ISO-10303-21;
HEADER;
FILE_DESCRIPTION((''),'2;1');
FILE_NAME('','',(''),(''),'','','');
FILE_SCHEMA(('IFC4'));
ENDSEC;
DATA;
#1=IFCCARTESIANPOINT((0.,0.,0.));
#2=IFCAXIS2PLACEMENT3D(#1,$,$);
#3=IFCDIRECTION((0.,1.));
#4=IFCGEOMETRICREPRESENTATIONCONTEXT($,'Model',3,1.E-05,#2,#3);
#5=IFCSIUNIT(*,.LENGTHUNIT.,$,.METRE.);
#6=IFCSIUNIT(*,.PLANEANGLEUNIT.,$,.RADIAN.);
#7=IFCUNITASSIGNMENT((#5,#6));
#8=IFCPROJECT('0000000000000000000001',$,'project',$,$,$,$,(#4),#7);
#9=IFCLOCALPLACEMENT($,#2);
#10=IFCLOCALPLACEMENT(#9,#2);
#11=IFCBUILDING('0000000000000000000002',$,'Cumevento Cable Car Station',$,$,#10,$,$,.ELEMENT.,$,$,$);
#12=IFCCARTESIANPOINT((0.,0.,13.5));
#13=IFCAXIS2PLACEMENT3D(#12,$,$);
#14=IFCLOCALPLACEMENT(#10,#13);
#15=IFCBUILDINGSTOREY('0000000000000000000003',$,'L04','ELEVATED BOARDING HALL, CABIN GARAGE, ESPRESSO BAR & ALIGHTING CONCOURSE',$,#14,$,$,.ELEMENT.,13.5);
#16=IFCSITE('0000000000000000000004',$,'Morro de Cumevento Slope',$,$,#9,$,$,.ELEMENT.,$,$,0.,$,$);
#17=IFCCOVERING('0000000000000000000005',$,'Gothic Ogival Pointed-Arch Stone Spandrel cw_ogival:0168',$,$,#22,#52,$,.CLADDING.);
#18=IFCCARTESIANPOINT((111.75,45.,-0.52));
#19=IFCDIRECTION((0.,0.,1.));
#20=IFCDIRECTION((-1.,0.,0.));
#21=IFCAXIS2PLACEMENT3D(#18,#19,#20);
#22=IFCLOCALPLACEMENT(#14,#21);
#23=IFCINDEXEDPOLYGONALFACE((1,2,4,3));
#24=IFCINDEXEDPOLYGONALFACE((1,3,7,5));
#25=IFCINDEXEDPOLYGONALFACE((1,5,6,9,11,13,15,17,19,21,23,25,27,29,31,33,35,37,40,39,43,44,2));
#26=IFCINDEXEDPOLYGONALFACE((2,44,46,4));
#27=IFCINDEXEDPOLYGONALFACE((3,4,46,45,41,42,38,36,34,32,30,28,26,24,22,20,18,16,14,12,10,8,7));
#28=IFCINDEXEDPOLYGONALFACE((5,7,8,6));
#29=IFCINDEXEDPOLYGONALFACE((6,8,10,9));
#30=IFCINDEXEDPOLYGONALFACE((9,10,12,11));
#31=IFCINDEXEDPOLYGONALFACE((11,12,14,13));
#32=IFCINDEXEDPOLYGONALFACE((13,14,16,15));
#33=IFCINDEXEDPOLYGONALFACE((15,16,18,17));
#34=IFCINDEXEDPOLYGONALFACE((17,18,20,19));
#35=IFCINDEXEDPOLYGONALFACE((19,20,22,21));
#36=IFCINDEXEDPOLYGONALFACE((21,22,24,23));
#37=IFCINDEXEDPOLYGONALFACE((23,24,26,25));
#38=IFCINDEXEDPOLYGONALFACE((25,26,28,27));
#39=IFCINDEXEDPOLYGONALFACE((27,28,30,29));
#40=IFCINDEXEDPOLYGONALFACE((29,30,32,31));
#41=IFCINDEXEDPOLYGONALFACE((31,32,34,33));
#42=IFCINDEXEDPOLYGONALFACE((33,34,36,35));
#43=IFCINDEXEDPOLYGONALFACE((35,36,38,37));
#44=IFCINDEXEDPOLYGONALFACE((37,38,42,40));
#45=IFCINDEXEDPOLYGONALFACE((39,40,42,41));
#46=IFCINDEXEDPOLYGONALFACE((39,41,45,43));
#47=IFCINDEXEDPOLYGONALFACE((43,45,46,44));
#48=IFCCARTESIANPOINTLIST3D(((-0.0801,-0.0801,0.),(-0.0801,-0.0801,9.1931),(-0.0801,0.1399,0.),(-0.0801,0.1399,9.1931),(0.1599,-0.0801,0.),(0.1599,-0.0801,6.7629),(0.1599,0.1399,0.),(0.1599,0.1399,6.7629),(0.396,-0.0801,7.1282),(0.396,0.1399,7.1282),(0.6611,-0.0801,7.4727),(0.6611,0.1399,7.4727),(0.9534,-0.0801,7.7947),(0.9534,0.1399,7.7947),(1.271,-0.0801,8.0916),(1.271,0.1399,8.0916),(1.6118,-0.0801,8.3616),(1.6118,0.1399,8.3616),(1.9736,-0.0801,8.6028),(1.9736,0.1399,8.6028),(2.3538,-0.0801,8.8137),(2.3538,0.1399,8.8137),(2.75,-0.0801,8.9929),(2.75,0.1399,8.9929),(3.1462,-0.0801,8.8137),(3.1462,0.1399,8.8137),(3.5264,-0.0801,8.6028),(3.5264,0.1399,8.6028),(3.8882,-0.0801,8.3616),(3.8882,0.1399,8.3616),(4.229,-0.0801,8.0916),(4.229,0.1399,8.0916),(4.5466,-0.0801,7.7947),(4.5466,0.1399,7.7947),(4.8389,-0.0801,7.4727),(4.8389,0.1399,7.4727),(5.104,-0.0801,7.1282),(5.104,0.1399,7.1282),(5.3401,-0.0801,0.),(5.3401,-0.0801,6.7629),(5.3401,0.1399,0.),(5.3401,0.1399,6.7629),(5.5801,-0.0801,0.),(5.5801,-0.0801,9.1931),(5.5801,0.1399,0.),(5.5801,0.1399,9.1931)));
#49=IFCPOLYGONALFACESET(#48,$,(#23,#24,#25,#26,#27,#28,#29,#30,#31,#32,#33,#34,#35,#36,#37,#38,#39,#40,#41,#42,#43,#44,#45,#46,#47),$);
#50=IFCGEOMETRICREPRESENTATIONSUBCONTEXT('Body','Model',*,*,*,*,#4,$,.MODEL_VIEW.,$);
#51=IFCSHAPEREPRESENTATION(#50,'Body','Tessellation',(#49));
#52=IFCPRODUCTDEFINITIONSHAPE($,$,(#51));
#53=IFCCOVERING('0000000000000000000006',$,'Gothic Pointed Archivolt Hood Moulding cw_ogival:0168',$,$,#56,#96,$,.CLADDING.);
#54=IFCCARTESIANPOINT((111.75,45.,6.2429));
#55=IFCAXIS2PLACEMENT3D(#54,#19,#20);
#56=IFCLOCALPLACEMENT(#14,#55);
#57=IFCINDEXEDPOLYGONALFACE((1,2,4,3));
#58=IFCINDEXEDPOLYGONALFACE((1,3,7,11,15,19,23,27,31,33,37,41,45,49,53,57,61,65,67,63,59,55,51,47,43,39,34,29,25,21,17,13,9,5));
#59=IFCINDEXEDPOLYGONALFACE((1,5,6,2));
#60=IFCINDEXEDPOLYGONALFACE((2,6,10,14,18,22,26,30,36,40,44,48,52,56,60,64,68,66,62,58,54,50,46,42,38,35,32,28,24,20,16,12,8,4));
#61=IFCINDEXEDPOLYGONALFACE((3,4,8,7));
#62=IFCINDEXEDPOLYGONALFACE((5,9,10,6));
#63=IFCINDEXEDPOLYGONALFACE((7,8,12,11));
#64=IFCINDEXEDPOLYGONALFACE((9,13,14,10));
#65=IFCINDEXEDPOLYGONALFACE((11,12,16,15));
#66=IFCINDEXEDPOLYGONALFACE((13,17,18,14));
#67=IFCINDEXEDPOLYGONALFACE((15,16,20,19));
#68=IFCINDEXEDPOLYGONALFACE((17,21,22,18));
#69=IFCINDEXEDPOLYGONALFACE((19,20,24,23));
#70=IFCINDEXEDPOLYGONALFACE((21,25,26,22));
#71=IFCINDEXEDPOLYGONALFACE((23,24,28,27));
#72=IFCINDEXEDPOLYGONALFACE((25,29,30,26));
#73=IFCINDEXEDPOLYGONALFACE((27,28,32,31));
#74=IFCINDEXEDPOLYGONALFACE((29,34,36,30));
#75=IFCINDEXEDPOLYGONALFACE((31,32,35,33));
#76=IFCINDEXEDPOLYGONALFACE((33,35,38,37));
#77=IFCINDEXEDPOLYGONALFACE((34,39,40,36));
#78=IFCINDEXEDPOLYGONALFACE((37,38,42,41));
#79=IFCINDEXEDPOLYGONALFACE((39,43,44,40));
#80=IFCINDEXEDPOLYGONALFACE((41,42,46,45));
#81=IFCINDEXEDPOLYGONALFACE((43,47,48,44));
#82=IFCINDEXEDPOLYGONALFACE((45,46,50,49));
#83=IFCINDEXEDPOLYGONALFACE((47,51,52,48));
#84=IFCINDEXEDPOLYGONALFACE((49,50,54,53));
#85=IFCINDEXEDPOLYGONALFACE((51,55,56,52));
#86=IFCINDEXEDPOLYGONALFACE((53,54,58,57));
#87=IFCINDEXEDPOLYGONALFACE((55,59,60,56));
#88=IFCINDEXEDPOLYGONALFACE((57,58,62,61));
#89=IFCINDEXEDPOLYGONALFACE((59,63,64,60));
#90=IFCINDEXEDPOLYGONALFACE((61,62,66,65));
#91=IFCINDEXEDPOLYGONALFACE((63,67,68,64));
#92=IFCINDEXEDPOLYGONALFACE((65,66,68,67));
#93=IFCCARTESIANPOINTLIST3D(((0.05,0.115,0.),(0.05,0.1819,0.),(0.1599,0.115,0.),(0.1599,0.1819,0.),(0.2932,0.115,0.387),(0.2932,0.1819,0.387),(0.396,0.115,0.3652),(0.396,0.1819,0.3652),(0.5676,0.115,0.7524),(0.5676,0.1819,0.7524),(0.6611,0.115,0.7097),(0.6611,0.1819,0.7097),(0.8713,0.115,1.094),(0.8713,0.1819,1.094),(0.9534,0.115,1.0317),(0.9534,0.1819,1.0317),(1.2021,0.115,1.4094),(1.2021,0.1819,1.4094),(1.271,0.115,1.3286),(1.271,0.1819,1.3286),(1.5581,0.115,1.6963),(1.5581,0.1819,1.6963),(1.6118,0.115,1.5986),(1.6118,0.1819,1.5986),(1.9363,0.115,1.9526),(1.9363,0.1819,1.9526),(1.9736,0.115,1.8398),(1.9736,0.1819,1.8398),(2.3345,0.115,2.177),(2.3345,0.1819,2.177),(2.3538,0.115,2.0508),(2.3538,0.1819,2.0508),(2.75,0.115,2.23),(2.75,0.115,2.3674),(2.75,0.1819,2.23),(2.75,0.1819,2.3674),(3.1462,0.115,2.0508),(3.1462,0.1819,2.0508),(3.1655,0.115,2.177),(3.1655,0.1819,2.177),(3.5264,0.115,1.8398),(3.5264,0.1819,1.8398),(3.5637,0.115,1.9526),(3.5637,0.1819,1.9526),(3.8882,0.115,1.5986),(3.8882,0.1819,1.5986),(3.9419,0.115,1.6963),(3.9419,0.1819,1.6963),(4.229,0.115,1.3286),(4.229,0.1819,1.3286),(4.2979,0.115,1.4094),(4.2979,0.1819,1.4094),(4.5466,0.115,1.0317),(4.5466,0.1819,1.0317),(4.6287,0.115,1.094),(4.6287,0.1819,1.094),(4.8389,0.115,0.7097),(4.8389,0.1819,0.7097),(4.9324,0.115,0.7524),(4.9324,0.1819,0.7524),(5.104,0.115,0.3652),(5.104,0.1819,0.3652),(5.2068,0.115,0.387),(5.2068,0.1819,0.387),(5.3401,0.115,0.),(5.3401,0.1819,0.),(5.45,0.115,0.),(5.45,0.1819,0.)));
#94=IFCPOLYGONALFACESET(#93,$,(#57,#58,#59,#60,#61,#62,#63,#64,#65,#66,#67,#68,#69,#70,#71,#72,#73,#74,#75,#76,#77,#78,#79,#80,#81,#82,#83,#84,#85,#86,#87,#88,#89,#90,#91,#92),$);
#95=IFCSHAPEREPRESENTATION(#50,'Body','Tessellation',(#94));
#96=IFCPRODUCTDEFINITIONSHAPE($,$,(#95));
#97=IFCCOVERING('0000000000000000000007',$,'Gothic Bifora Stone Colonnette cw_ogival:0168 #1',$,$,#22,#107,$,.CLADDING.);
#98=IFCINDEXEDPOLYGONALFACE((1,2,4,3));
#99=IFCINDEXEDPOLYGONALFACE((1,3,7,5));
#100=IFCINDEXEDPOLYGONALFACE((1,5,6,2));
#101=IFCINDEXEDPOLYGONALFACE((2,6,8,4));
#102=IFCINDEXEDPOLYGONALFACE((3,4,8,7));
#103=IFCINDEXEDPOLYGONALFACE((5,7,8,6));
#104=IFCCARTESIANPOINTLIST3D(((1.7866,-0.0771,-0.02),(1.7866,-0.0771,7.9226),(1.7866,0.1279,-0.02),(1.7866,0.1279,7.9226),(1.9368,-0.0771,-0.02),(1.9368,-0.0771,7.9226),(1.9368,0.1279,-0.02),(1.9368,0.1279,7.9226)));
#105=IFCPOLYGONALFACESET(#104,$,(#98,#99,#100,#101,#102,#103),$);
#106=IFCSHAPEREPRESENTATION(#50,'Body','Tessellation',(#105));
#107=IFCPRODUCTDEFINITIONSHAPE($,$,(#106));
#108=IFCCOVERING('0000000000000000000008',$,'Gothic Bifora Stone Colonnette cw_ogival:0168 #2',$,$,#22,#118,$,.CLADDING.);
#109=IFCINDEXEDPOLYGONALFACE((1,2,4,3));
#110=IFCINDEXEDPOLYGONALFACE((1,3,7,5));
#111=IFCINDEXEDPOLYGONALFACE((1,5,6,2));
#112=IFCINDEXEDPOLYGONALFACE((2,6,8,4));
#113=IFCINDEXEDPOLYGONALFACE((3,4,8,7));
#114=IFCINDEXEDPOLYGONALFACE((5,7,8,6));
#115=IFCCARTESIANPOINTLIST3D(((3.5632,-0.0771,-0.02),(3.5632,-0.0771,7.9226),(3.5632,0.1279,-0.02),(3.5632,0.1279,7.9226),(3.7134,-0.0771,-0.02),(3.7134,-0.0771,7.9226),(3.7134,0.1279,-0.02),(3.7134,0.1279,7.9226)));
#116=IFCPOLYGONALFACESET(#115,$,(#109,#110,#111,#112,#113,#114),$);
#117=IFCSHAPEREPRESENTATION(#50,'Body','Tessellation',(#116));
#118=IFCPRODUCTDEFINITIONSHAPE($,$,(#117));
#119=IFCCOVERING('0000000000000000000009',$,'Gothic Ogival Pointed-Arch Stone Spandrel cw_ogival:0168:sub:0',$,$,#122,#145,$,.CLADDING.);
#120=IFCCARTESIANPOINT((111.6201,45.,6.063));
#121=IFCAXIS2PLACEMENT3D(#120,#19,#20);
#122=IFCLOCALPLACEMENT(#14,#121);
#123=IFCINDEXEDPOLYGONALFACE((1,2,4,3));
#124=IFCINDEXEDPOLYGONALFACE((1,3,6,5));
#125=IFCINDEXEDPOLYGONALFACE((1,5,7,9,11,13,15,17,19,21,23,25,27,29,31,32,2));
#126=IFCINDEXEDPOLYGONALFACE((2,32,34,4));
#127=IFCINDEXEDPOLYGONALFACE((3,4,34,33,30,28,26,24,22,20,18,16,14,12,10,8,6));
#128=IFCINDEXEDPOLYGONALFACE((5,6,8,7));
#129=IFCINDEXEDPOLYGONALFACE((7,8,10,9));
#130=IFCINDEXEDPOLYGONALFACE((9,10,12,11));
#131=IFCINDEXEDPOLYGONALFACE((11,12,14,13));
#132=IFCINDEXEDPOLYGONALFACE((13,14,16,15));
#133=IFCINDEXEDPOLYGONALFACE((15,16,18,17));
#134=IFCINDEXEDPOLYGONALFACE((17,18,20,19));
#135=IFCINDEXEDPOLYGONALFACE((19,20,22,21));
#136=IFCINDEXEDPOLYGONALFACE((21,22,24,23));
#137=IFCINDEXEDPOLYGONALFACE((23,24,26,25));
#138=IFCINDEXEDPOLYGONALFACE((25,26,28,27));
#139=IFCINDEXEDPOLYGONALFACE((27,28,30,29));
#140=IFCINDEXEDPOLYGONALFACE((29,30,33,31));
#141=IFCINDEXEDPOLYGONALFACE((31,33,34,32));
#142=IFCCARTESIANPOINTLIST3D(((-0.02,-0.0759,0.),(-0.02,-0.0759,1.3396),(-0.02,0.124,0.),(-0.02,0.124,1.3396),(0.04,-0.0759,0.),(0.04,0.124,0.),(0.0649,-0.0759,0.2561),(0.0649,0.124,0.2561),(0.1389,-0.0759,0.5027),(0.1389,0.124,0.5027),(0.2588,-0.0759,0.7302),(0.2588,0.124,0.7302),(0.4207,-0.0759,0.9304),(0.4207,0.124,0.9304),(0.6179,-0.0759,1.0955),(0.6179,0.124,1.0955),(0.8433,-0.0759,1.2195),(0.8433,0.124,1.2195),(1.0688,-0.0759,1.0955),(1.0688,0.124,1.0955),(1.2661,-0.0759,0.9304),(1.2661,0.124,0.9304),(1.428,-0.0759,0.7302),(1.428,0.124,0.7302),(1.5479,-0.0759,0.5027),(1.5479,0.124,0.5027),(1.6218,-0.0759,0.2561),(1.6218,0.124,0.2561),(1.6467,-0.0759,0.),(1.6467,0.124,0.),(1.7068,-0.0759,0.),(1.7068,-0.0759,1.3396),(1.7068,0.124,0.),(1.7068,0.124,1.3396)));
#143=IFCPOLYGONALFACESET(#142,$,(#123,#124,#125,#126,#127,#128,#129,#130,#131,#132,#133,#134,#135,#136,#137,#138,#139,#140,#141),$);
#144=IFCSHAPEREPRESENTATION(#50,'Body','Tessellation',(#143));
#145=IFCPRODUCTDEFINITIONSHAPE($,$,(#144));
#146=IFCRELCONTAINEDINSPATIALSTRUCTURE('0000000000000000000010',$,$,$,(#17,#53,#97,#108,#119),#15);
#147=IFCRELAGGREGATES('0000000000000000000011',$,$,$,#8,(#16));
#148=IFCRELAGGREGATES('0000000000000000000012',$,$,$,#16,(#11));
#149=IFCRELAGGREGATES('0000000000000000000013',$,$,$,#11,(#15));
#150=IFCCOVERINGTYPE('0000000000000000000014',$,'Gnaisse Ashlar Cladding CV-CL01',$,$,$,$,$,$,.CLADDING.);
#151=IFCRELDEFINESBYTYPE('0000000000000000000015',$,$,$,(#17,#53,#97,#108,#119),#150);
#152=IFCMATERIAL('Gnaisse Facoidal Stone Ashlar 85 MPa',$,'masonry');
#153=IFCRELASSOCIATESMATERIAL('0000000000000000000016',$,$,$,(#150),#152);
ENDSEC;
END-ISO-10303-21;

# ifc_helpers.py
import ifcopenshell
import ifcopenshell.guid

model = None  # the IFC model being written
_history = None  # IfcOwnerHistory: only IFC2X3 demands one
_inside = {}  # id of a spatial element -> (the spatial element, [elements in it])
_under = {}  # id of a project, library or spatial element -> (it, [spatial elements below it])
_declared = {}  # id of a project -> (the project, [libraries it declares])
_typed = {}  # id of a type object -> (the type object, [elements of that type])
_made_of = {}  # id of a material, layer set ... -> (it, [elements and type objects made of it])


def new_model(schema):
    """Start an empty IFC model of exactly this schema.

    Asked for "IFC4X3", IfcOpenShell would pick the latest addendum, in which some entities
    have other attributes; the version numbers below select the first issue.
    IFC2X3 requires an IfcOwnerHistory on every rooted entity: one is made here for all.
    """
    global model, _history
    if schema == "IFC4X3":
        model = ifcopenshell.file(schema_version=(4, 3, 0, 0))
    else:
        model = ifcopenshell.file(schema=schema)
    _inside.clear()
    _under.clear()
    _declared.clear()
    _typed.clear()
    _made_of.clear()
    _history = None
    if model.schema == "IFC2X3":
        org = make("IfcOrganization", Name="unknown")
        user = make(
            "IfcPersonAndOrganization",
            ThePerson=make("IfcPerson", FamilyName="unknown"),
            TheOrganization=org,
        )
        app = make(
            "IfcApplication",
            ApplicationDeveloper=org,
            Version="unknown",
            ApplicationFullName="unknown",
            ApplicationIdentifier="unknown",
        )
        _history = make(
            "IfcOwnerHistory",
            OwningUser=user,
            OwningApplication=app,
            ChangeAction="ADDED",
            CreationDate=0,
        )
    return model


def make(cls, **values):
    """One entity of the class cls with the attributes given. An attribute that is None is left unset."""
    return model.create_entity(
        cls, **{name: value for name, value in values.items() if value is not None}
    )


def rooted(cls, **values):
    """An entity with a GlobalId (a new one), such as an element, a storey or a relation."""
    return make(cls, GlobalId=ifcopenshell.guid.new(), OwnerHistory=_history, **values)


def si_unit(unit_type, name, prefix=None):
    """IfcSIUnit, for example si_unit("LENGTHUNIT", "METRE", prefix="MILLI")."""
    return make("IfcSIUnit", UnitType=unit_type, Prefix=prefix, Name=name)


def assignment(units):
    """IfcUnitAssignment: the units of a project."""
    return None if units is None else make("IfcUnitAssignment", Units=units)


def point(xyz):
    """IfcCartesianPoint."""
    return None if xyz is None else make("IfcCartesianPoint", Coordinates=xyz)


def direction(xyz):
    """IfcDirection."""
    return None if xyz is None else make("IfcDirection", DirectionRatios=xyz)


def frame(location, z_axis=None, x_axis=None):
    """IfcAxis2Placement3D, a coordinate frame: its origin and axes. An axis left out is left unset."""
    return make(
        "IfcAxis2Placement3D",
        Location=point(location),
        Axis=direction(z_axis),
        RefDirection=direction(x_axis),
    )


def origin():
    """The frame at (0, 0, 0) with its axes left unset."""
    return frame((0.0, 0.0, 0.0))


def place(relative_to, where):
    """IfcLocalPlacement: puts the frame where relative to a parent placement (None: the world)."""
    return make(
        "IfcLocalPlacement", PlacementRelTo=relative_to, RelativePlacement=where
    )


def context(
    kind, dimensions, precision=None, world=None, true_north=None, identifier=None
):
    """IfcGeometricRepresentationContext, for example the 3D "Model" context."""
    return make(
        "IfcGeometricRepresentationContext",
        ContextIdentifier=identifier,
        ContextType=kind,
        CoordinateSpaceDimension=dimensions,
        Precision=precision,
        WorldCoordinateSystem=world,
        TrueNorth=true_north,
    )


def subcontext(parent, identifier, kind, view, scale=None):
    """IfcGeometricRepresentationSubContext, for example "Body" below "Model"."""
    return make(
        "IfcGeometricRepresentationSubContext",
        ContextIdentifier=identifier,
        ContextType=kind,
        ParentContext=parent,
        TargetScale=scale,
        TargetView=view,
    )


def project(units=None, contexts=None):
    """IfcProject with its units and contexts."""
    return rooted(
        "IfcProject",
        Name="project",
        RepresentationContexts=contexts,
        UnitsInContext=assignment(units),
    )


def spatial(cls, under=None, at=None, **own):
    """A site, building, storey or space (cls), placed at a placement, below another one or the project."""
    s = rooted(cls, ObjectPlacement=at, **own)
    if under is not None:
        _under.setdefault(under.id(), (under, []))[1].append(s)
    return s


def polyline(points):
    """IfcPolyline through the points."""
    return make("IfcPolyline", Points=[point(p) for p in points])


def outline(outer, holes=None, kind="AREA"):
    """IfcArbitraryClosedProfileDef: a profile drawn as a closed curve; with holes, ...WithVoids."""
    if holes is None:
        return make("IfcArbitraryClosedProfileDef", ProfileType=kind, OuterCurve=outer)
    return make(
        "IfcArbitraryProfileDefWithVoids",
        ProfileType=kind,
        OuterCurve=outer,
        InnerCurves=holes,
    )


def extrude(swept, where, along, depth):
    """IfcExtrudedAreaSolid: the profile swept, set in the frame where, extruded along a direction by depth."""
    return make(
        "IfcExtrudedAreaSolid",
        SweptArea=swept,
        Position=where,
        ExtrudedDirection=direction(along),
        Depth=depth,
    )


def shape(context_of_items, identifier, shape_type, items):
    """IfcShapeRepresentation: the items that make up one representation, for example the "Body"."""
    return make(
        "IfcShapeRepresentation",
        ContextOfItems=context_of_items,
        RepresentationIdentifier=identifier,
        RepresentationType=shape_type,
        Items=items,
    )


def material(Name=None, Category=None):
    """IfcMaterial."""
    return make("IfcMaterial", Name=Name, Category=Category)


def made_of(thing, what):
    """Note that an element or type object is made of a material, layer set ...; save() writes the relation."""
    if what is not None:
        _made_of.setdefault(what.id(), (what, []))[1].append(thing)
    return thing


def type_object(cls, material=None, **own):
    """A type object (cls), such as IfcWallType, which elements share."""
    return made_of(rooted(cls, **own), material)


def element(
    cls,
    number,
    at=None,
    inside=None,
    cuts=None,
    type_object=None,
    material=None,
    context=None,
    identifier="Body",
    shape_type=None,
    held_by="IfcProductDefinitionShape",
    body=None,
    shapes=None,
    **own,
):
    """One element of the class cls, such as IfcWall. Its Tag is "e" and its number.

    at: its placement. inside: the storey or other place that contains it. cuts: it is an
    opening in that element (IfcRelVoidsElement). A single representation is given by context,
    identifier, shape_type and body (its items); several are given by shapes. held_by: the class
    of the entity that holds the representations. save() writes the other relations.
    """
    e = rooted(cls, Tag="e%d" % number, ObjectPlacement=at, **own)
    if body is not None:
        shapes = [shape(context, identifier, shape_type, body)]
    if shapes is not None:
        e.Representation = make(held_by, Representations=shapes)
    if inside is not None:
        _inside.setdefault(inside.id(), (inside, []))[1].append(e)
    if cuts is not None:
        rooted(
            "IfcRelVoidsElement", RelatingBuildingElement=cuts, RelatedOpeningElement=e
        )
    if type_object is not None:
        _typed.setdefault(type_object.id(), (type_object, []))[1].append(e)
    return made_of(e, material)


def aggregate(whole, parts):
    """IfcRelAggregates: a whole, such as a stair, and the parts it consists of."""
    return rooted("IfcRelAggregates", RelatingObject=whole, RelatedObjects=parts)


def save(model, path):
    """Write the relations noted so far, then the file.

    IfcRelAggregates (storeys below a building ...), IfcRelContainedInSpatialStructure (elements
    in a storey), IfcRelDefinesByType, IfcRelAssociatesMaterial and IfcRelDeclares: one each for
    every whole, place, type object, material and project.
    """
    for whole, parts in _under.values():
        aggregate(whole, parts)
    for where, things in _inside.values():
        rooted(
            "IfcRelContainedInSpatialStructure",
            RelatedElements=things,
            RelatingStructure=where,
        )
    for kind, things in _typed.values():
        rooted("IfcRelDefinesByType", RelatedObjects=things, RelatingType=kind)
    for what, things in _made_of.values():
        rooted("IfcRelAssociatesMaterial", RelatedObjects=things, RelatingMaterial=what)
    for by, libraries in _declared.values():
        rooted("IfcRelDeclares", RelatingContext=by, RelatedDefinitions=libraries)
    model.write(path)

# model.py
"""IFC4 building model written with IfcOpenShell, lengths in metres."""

from ifc_helpers import new_model, si_unit, direction, frame, origin, place, context, subcontext, project, spatial, polyline, outline, extrude, material, type_object, element, save


model = new_model("IFC4")

# Units and contexts
model_context = context("Model", 3, precision=1e-05, world=origin(), true_north=direction((0.0, 1.0)))
body_context = subcontext(model_context, "Body", "Model", "MODEL_VIEW")
ifc_project = project(units=[si_unit("LENGTHUNIT", "METRE"), si_unit("PLANEANGLEUNIT", "RADIAN")], contexts=[model_context])

# Site, building, storey
site_placement = place(None, origin())
site = spatial("IfcSite", under=ifc_project, at=site_placement, Name="Morro de Cumevento Slope", CompositionType="ELEMENT", RefElevation=0.0)
building_placement = place(site_placement, origin())
building = spatial("IfcBuilding", under=site, at=building_placement, Name="Cumevento Cable Car Station", CompositionType="ELEMENT")
storey_placement = place(building_placement, frame((0.0, 0.0, 13.5)))
storey = spatial("IfcBuildingStorey", under=building, at=storey_placement, Name="L04", Description="ELEVATED BOARDING HALL, CABIN GARAGE, ESPRESSO BAR & ALIGHTING CONCOURSE", CompositionType="ELEMENT", Elevation=13.5)

# Coverings
ifc_material_1 = material(Name="Gnaisse Facoidal Stone Ashlar 85 MPa", Category="masonry")
covering_type = type_object("IfcCoveringType", Name="Gnaisse Ashlar Cladding CV-CL01", PredefinedType="CLADDING", material=ifc_material_1)
placement = place(storey_placement, frame((111.75, 45.0, -0.52), z_axis=(0.0, 0.0, 1.0), x_axis=(-1.0, 0.0, 0.0)))
element("IfcCovering", 1, at=placement, inside=storey, type_object=covering_type, Name="Gothic Ogival Pointed-Arch Stone Spandrel cw_ogival:0168", PredefinedType="CLADDING", context=body_context, shape_type="SweptSolid", body=[
    extrude(outline(polyline([(-0.0801, 0.0), (-0.0801, 9.1931), (5.5801, 9.1931), (5.5801, 0.0), (5.3401, 0.0), (5.3401, 6.7629), (5.104, 7.1282), (4.8389, 7.4727), (4.5466, 7.7947), (4.229, 8.0916), (3.8882, 8.3616), (3.5264, 8.6028), (3.1462, 8.8137), (2.75, 8.9929), (2.3538, 8.8137), (1.9736, 8.6028), (1.6118, 8.3616), (1.271, 8.0916), (0.9534, 7.7947), (0.6611, 7.4727), (0.396, 7.1282), (0.1599, 6.7629), (0.1599, 0.0), (-0.0801, 0.0)])), frame((0.0, 0.1399, 0.0), z_axis=(0.0, -1.0, 0.0), x_axis=(1.0, 0.0, 0.0)), (0.0, 0.0, 1.0), 0.22),
])
covering_1_placement = place(storey_placement, frame((111.75, 45.0, 6.2429), z_axis=(0.0, 0.0, 1.0), x_axis=(-1.0, 0.0, 0.0)))
element("IfcCovering", 2, at=covering_1_placement, inside=storey, type_object=covering_type, Name="Gothic Pointed Archivolt Hood Moulding cw_ogival:0168", PredefinedType="CLADDING", context=body_context, shape_type="SweptSolid", body=[
    extrude(outline(polyline([(0.1599, 0.0), (0.396, 0.3652), (0.6611, 0.7097), (0.9534, 1.0317), (1.271, 1.3286), (1.6118, 1.5986), (1.9736, 1.8398), (2.3538, 2.0508), (2.75, 2.23), (3.1462, 2.0508), (3.5264, 1.8398), (3.8882, 1.5986), (4.229, 1.3286), (4.5466, 1.0317), (4.8389, 0.7097), (5.104, 0.3652), (5.3401, 0.0), (5.45, 0.0), (5.2068, 0.387), (4.9324, 0.7524), (4.6287, 1.094), (4.2979, 1.4094), (3.9419, 1.6963), (3.5637, 1.9526), (3.1655, 2.177), (2.75, 2.3674), (2.3345, 2.177), (1.9363, 1.9526), (1.5581, 1.6963), (1.2021, 1.4094), (0.8713, 1.094), (0.5676, 0.7524), (0.2932, 0.387), (0.05, 0.0), (0.1599, 0.0)])), frame((0.0, 0.1819, 0.0), z_axis=(0.0, -1.0, 0.0), x_axis=(1.0, 0.0, 0.0)), (0.0, 0.0, 1.0), 0.0669),
])
element("IfcCovering", 3, at=placement, inside=storey, type_object=covering_type, Name="Gothic Bifora Stone Colonnette cw_ogival:0168 #1", PredefinedType="CLADDING", context=body_context, shape_type="SweptSolid", body=[
    extrude(outline(polyline([(1.7866, -0.02), (1.9368, -0.02), (1.9368, 7.9226), (1.7866, 7.9226), (1.7866, -0.02)])), frame((0.0, 0.1279, 0.0), z_axis=(0.0, -1.0, 0.0), x_axis=(1.0, 0.0, 0.0)), (0.0, 0.0, 1.0), 0.2051),
])
element("IfcCovering", 4, at=placement, inside=storey, type_object=covering_type, Name="Gothic Bifora Stone Colonnette cw_ogival:0168 #2", PredefinedType="CLADDING", context=body_context, shape_type="SweptSolid", body=[
    extrude(outline(polyline([(3.5632, -0.02), (3.7134, -0.02), (3.7134, 7.9226), (3.5632, 7.9226), (3.5632, -0.02)])), frame((0.0, 0.1279, 0.0), z_axis=(0.0, -1.0, 0.0), x_axis=(1.0, 0.0, 0.0)), (0.0, 0.0, 1.0), 0.2051),
])
covering_2_placement = place(storey_placement, frame((111.6201, 45.0, 6.063), z_axis=(0.0, 0.0, 1.0), x_axis=(-1.0, 0.0, 0.0)))
element("IfcCovering", 5, at=covering_2_placement, inside=storey, type_object=covering_type, Name="Gothic Ogival Pointed-Arch Stone Spandrel cw_ogival:0168:sub:0", PredefinedType="CLADDING", context=body_context, shape_type="SweptSolid", body=[
    extrude(outline(polyline([(-0.02, 0.0), (-0.02, 1.3396), (1.7068, 1.3396), (1.7068, 0.0), (1.6467, 0.0), (1.6218, 0.2561), (1.5479, 0.5027), (1.428, 0.7302), (1.2661, 0.9304), (1.0688, 1.0955), (0.8433, 1.2195), (0.6179, 1.0955), (0.4207, 0.9304), (0.2588, 0.7302), (0.1389, 0.5027), (0.0649, 0.2561), (0.04, 0.0), (-0.02, 0.0)])), frame((0.0, 0.124, 0.0), z_axis=(0.0, -1.0, 0.0), x_axis=(1.0, 0.0, 0.0)), (0.0, 0.0, 1.0), 0.2),
])

save(model, "model.ifc")
